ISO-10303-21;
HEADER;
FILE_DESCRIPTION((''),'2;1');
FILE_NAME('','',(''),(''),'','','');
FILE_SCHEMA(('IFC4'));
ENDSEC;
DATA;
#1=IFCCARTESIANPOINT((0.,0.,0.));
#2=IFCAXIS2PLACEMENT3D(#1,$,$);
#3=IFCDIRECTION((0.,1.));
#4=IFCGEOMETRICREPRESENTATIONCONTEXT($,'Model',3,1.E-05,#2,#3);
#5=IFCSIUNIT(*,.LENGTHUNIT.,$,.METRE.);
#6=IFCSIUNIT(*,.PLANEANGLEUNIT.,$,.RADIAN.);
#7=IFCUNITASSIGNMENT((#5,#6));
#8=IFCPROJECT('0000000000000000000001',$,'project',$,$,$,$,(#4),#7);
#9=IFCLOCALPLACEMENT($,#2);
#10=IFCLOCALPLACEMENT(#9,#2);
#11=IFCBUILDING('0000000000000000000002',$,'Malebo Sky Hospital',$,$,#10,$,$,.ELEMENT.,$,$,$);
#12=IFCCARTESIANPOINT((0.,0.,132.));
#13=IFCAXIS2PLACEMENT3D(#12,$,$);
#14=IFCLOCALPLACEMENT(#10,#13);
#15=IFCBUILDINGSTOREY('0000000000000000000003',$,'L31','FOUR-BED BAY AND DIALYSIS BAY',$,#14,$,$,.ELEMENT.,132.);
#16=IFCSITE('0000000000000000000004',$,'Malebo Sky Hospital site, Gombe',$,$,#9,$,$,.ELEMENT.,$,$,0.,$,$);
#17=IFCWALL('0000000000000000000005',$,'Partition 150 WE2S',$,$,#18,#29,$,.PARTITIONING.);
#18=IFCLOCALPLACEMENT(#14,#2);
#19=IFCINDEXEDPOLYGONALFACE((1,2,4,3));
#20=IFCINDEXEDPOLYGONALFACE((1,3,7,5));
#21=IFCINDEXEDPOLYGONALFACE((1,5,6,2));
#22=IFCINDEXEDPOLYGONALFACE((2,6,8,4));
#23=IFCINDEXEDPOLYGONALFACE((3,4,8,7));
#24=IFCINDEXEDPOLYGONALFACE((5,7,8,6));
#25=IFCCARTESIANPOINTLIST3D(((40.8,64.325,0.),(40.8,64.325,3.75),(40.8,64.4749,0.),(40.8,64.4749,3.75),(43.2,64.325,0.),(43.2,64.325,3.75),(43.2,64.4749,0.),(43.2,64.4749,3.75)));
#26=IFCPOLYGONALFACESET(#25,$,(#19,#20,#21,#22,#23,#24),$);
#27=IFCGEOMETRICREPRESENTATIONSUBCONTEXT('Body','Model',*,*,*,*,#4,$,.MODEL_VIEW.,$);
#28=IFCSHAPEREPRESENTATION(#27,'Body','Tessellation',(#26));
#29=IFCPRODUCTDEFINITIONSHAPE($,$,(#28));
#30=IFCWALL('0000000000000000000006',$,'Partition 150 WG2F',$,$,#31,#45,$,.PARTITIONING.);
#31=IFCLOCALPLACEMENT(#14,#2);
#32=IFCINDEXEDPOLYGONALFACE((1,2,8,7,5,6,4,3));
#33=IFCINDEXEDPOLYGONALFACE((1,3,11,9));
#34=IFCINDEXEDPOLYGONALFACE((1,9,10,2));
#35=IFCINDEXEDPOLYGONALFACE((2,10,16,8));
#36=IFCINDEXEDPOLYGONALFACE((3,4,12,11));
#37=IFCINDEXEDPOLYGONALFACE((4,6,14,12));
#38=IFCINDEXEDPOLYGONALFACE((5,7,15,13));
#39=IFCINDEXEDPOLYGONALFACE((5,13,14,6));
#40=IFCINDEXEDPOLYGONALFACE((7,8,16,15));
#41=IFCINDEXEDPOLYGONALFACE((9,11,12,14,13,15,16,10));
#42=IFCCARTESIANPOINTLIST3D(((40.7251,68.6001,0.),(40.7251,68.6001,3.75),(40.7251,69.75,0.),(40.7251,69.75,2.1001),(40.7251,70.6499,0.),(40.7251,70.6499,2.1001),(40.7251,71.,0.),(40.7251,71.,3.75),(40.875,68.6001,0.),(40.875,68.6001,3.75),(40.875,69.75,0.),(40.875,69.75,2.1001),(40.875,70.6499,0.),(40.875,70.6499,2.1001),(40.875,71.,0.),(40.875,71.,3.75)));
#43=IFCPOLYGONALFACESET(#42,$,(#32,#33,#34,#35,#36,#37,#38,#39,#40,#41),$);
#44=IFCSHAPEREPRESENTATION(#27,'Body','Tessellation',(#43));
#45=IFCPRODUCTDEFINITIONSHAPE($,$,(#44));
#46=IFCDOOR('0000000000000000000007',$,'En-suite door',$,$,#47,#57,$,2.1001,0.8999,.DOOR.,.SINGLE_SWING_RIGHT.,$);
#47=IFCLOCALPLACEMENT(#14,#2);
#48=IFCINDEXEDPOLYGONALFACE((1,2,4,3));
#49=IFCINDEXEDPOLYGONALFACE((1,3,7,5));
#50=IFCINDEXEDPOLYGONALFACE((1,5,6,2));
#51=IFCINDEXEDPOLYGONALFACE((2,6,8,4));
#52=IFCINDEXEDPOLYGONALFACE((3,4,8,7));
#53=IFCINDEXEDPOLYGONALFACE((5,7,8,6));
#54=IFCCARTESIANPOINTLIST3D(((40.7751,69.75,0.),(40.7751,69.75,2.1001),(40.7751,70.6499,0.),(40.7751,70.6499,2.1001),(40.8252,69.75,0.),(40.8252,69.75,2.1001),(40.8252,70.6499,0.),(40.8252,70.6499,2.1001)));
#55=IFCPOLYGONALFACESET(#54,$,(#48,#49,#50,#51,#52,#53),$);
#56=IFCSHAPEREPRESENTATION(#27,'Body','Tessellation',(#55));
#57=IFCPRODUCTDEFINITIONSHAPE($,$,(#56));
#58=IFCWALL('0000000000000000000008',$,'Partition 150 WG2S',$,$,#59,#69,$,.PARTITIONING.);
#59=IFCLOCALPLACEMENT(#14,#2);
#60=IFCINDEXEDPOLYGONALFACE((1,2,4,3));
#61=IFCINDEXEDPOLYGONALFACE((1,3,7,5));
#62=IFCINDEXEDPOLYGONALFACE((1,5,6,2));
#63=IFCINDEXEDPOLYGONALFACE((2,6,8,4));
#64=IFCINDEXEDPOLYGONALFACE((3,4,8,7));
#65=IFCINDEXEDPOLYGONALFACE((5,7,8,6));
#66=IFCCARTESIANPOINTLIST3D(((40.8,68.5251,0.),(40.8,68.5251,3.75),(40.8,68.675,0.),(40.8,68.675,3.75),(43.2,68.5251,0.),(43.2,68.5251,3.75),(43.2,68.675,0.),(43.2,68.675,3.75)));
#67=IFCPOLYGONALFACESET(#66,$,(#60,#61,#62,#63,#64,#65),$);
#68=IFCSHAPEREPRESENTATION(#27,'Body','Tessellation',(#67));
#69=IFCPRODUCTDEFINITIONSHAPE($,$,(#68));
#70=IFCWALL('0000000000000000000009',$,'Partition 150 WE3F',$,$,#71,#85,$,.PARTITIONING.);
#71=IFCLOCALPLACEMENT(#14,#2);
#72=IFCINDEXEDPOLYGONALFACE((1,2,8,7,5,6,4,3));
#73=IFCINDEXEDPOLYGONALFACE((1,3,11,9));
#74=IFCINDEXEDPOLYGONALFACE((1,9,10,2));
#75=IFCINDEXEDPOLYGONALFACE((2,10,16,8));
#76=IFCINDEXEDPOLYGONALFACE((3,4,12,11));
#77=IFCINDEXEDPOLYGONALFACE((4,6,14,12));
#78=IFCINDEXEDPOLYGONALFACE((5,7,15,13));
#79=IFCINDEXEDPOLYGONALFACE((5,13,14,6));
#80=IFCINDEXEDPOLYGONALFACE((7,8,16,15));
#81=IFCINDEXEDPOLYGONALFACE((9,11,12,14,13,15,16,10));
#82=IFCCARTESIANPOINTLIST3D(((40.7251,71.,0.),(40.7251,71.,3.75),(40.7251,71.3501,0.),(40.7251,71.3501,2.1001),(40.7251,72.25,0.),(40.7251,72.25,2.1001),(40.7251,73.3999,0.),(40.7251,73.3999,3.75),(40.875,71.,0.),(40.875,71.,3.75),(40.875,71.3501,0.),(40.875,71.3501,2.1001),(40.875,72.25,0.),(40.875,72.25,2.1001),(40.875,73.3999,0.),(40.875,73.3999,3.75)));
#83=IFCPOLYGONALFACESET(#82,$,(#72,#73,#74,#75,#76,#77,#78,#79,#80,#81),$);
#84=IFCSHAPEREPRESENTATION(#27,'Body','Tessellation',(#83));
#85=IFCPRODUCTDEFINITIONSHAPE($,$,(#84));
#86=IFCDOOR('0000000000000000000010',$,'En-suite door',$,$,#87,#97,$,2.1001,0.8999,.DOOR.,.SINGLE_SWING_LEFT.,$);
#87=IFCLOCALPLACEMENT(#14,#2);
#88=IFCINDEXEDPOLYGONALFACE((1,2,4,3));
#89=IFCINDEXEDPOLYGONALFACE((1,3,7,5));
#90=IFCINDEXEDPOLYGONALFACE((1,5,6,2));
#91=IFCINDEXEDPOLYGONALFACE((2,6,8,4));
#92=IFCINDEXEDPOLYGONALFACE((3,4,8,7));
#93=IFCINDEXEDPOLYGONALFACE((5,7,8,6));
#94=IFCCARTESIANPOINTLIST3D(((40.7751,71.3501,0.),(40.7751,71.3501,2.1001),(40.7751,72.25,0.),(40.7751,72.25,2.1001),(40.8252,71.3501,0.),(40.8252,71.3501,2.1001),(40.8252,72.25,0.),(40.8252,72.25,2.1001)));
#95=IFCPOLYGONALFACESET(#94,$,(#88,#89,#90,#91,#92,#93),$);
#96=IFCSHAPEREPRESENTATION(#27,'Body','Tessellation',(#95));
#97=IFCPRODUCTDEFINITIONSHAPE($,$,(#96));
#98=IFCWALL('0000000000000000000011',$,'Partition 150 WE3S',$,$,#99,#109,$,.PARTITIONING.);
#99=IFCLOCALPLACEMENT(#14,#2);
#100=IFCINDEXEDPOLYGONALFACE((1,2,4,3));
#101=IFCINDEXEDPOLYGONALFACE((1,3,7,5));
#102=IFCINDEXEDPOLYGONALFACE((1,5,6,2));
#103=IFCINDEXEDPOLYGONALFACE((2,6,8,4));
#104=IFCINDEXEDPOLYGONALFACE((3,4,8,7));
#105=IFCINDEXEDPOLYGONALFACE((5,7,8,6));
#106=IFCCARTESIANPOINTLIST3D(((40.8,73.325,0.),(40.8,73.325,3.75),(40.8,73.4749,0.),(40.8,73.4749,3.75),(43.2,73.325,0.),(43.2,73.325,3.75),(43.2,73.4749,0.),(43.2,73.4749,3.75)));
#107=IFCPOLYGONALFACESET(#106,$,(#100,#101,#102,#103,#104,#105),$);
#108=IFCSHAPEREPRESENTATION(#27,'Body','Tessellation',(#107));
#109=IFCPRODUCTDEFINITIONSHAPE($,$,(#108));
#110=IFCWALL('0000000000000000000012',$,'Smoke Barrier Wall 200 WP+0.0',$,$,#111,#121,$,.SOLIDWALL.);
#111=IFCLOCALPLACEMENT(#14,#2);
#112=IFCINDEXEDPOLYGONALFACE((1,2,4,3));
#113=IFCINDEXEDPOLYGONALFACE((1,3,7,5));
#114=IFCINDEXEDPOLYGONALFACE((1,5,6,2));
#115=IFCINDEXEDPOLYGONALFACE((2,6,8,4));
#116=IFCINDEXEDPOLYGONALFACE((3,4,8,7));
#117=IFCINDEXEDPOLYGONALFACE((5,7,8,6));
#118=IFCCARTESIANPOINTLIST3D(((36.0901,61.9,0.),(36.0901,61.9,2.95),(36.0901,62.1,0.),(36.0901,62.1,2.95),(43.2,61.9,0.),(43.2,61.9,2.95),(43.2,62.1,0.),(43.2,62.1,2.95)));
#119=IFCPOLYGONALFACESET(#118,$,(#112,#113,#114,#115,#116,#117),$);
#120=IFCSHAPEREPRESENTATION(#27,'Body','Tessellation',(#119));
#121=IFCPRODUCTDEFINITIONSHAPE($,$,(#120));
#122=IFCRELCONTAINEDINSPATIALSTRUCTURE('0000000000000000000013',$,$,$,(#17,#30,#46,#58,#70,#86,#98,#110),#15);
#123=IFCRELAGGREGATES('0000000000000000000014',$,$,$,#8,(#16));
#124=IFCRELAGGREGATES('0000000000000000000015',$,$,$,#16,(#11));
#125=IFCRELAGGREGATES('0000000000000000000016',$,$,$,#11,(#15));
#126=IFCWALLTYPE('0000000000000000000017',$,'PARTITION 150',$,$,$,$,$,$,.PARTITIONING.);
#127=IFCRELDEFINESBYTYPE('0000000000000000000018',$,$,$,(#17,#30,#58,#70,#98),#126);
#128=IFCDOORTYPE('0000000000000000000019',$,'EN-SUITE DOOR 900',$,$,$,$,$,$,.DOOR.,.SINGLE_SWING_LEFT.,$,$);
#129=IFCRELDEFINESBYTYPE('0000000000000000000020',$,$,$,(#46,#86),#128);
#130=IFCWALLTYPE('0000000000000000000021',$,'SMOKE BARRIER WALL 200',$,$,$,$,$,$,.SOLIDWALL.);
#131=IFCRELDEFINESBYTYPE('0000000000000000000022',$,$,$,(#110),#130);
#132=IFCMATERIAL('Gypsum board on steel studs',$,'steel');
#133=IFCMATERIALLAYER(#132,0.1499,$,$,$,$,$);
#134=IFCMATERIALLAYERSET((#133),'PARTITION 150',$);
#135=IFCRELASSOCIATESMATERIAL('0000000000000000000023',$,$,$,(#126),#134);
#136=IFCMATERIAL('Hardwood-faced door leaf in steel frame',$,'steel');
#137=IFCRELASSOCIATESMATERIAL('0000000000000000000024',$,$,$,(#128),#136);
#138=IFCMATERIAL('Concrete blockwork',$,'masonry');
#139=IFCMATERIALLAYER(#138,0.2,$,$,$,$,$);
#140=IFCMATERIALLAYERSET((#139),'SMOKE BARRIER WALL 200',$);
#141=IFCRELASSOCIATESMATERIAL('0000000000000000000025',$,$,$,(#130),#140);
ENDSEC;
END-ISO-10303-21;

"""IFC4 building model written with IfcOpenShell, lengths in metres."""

from ifc_helpers import new_model, si_unit, direction, frame, frame_2d, origin, place, context, subcontext, project, spatial, rectangle, extrude, material, layer, layer_set, type_object, element, fill, save


model = new_model("IFC4")

# Units and contexts
model_context = context("Model", 3, precision=1e-05, world=origin(), true_north=direction((0.0, 1.0)))
body_context = subcontext(model_context, "Body", "Model", "MODEL_VIEW")
ifc_project = project(units=[si_unit("LENGTHUNIT", "METRE"), si_unit("PLANEANGLEUNIT", "RADIAN")], contexts=[model_context])

# Site, building, storey
site_placement = place(None, origin())
site = spatial("IfcSite", under=ifc_project, at=site_placement, Name="Malebo Sky Hospital site, Gombe", CompositionType="ELEMENT", RefElevation=0.0)
building_placement = place(site_placement, origin())
building = spatial("IfcBuilding", under=site, at=building_placement, Name="Malebo Sky Hospital", CompositionType="ELEMENT")
storey_placement = place(building_placement, frame((0.0, 0.0, 132.0)))
storey = spatial("IfcBuildingStorey", under=building, at=storey_placement, Name="L31", Description="FOUR-BED BAY AND DIALYSIS BAY", CompositionType="ELEMENT", Elevation=132.0)

# Shared definitions
ifc_material_1 = material(Name="Gypsum board on steel studs", Category="steel")
ifc_layer_1 = layer(ifc_material_1, 0.1499)
ifc_layer_set_1 = layer_set([ifc_layer_1], Name="PARTITION 150")
wall_type_1 = type_object("IfcWallType", Name="PARTITION 150", PredefinedType="PARTITIONING", material=ifc_layer_set_1)

# Shared definitions
ifc_material_2 = material(Name="Hardwood-faced door leaf in steel frame", Category="steel")
door_type = type_object("IfcDoorType", Name="EN-SUITE DOOR 900", OperationType="SINGLE_SWING_LEFT", PredefinedType="DOOR", material=ifc_material_2)

# Wall
wall_1_placement = place(storey_placement, frame((43.2, 64.3999, 0.0), z_axis=(0.0, 0.0, 1.0), x_axis=(-1.0, 0.0, 0.0)))
element("IfcWall", 1, at=wall_1_placement, inside=storey, type_object=wall_type_1, Name="Partition 150 WE2S", PredefinedType="PARTITIONING", context=body_context, shape_type="SweptSolid", body=[
    extrude(rectangle(XDim=2.3999, YDim=0.1499, at=frame_2d((1.2, 0.0))), origin(), (0.0, 0.0, 1.0), 3.75),
])

# Wall, opening, door
wall_2_placement = place(storey_placement, frame((40.8, 68.6001, 0.0), z_axis=(0.0, 0.0, 1.0), x_axis=(0.0, 1.0, 0.0)))
wall_2 = element("IfcWall", 2, at=wall_2_placement, inside=storey, type_object=wall_type_1, Name="Partition 150 WG2F", PredefinedType="PARTITIONING", context=body_context, shape_type="SweptSolid", body=[
    extrude(rectangle(XDim=2.3999, YDim=0.1499, at=frame_2d((1.2, 0.0))), origin(), (0.0, 0.0, 1.0), 3.75),
])
opening_1_placement = place(wall_2_placement, frame((1.1499, 0.0, 0.0)))
opening_1 = element("IfcOpeningElement", 3, at=opening_1_placement, cuts=wall_2, PredefinedType="OPENING", context=body_context, shape_type="SweptSolid", body=[
    extrude(rectangle(XDim=0.8999, YDim=2.1001, at=frame_2d((0.45, 1.05))), frame((0.0, 0.085, 0.0), z_axis=(0.0, -1.0, 0.0), x_axis=(1.0, 0.0, 0.0)), (0.0, 0.0, 1.0), 0.1699),
])
door_1_placement = place(opening_1_placement, origin())
door_1 = element("IfcDoor", 4, at=door_1_placement, inside=storey, type_object=door_type, Name="En-suite door", OperationType="SINGLE_SWING_RIGHT", OverallHeight=2.1001, OverallWidth=0.8999, PredefinedType="DOOR", context=body_context, shape_type="SweptSolid", body=[
    extrude(rectangle(XDim=0.8999, YDim=2.1001, at=frame_2d((0.45, 1.05))), frame((0.0, 0.0249, 0.0), z_axis=(0.0, -1.0, 0.0), x_axis=(1.0, 0.0, 0.0)), (0.0, 0.0, 1.0), 0.05),
])
fill(opening_1, door_1)

# Wall
wall_3_placement = place(storey_placement, frame((43.2, 68.6001, 0.0), z_axis=(0.0, 0.0, 1.0), x_axis=(-1.0, 0.0, 0.0)))
element("IfcWall", 5, at=wall_3_placement, inside=storey, type_object=wall_type_1, Name="Partition 150 WG2S", PredefinedType="PARTITIONING", context=body_context, shape_type="SweptSolid", body=[
    extrude(rectangle(XDim=2.3999, YDim=0.1499, at=frame_2d((1.2, 0.0))), origin(), (0.0, 0.0, 1.0), 3.75),
])

# Wall, opening, door
wall_4_placement = place(storey_placement, frame((40.8, 71.0, 0.0), z_axis=(0.0, 0.0, 1.0), x_axis=(0.0, 1.0, 0.0)))
wall_4 = element("IfcWall", 6, at=wall_4_placement, inside=storey, type_object=wall_type_1, Name="Partition 150 WE3F", PredefinedType="PARTITIONING", context=body_context, shape_type="SweptSolid", body=[
    extrude(rectangle(XDim=2.3999, YDim=0.1499, at=frame_2d((1.2, 0.0))), origin(), (0.0, 0.0, 1.0), 3.75),
])
opening_2_placement = place(wall_4_placement, frame((0.3501, 0.0, 0.0)))
opening_2 = element("IfcOpeningElement", 7, at=opening_2_placement, cuts=wall_4, PredefinedType="OPENING", context=body_context, shape_type="SweptSolid", body=[
    extrude(rectangle(XDim=0.8999, YDim=2.1001, at=frame_2d((0.45, 1.05))), frame((0.0, 0.085, 0.0), z_axis=(0.0, -1.0, 0.0), x_axis=(1.0, 0.0, 0.0)), (0.0, 0.0, 1.0), 0.1699),
])
door_2_placement = place(opening_2_placement, origin())
door_2 = element("IfcDoor", 8, at=door_2_placement, inside=storey, type_object=door_type, Name="En-suite door", OperationType="SINGLE_SWING_LEFT", OverallHeight=2.1001, OverallWidth=0.8999, PredefinedType="DOOR", context=body_context, shape_type="SweptSolid", body=[
    extrude(rectangle(XDim=0.8999, YDim=2.1001, at=frame_2d((0.45, 1.05))), frame((0.0, 0.0249, 0.0), z_axis=(0.0, -1.0, 0.0), x_axis=(1.0, 0.0, 0.0)), (0.0, 0.0, 1.0), 0.05),
])
fill(opening_2, door_2)

# Walls
wall_5_placement = place(storey_placement, frame((43.2, 73.3999, 0.0), z_axis=(0.0, 0.0, 1.0), x_axis=(-1.0, 0.0, 0.0)))
element("IfcWall", 9, at=wall_5_placement, inside=storey, type_object=wall_type_1, Name="Partition 150 WE3S", PredefinedType="PARTITIONING", context=body_context, shape_type="SweptSolid", body=[
    extrude(rectangle(XDim=2.3999, YDim=0.1499, at=frame_2d((1.2, 0.0))), origin(), (0.0, 0.0, 1.0), 3.75),
])
ifc_material_3 = material(Name="Concrete blockwork", Category="masonry")
ifc_layer_2 = layer(ifc_material_3, 0.2)
ifc_layer_set_2 = layer_set([ifc_layer_2], Name="SMOKE BARRIER WALL 200")
wall_type_2 = type_object("IfcWallType", Name="SMOKE BARRIER WALL 200", PredefinedType="SOLIDWALL", material=ifc_layer_set_2)
wall_6_placement = place(storey_placement, frame((43.2, 62.0, 0.0), z_axis=(0.0, 0.0, 1.0), x_axis=(-1.0, 0.0, 0.0)))
element("IfcWall", 10, at=wall_6_placement, inside=storey, type_object=wall_type_2, Name="Smoke Barrier Wall 200 WP+0.0", PredefinedType="SOLIDWALL", context=body_context, shape_type="SweptSolid", body=[
    extrude(rectangle(XDim=7.1099, YDim=0.2, at=frame_2d((3.5549, 0.0))), origin(), (0.0, 0.0, 1.0), 2.95),
])

save(model, "model.ifc")
